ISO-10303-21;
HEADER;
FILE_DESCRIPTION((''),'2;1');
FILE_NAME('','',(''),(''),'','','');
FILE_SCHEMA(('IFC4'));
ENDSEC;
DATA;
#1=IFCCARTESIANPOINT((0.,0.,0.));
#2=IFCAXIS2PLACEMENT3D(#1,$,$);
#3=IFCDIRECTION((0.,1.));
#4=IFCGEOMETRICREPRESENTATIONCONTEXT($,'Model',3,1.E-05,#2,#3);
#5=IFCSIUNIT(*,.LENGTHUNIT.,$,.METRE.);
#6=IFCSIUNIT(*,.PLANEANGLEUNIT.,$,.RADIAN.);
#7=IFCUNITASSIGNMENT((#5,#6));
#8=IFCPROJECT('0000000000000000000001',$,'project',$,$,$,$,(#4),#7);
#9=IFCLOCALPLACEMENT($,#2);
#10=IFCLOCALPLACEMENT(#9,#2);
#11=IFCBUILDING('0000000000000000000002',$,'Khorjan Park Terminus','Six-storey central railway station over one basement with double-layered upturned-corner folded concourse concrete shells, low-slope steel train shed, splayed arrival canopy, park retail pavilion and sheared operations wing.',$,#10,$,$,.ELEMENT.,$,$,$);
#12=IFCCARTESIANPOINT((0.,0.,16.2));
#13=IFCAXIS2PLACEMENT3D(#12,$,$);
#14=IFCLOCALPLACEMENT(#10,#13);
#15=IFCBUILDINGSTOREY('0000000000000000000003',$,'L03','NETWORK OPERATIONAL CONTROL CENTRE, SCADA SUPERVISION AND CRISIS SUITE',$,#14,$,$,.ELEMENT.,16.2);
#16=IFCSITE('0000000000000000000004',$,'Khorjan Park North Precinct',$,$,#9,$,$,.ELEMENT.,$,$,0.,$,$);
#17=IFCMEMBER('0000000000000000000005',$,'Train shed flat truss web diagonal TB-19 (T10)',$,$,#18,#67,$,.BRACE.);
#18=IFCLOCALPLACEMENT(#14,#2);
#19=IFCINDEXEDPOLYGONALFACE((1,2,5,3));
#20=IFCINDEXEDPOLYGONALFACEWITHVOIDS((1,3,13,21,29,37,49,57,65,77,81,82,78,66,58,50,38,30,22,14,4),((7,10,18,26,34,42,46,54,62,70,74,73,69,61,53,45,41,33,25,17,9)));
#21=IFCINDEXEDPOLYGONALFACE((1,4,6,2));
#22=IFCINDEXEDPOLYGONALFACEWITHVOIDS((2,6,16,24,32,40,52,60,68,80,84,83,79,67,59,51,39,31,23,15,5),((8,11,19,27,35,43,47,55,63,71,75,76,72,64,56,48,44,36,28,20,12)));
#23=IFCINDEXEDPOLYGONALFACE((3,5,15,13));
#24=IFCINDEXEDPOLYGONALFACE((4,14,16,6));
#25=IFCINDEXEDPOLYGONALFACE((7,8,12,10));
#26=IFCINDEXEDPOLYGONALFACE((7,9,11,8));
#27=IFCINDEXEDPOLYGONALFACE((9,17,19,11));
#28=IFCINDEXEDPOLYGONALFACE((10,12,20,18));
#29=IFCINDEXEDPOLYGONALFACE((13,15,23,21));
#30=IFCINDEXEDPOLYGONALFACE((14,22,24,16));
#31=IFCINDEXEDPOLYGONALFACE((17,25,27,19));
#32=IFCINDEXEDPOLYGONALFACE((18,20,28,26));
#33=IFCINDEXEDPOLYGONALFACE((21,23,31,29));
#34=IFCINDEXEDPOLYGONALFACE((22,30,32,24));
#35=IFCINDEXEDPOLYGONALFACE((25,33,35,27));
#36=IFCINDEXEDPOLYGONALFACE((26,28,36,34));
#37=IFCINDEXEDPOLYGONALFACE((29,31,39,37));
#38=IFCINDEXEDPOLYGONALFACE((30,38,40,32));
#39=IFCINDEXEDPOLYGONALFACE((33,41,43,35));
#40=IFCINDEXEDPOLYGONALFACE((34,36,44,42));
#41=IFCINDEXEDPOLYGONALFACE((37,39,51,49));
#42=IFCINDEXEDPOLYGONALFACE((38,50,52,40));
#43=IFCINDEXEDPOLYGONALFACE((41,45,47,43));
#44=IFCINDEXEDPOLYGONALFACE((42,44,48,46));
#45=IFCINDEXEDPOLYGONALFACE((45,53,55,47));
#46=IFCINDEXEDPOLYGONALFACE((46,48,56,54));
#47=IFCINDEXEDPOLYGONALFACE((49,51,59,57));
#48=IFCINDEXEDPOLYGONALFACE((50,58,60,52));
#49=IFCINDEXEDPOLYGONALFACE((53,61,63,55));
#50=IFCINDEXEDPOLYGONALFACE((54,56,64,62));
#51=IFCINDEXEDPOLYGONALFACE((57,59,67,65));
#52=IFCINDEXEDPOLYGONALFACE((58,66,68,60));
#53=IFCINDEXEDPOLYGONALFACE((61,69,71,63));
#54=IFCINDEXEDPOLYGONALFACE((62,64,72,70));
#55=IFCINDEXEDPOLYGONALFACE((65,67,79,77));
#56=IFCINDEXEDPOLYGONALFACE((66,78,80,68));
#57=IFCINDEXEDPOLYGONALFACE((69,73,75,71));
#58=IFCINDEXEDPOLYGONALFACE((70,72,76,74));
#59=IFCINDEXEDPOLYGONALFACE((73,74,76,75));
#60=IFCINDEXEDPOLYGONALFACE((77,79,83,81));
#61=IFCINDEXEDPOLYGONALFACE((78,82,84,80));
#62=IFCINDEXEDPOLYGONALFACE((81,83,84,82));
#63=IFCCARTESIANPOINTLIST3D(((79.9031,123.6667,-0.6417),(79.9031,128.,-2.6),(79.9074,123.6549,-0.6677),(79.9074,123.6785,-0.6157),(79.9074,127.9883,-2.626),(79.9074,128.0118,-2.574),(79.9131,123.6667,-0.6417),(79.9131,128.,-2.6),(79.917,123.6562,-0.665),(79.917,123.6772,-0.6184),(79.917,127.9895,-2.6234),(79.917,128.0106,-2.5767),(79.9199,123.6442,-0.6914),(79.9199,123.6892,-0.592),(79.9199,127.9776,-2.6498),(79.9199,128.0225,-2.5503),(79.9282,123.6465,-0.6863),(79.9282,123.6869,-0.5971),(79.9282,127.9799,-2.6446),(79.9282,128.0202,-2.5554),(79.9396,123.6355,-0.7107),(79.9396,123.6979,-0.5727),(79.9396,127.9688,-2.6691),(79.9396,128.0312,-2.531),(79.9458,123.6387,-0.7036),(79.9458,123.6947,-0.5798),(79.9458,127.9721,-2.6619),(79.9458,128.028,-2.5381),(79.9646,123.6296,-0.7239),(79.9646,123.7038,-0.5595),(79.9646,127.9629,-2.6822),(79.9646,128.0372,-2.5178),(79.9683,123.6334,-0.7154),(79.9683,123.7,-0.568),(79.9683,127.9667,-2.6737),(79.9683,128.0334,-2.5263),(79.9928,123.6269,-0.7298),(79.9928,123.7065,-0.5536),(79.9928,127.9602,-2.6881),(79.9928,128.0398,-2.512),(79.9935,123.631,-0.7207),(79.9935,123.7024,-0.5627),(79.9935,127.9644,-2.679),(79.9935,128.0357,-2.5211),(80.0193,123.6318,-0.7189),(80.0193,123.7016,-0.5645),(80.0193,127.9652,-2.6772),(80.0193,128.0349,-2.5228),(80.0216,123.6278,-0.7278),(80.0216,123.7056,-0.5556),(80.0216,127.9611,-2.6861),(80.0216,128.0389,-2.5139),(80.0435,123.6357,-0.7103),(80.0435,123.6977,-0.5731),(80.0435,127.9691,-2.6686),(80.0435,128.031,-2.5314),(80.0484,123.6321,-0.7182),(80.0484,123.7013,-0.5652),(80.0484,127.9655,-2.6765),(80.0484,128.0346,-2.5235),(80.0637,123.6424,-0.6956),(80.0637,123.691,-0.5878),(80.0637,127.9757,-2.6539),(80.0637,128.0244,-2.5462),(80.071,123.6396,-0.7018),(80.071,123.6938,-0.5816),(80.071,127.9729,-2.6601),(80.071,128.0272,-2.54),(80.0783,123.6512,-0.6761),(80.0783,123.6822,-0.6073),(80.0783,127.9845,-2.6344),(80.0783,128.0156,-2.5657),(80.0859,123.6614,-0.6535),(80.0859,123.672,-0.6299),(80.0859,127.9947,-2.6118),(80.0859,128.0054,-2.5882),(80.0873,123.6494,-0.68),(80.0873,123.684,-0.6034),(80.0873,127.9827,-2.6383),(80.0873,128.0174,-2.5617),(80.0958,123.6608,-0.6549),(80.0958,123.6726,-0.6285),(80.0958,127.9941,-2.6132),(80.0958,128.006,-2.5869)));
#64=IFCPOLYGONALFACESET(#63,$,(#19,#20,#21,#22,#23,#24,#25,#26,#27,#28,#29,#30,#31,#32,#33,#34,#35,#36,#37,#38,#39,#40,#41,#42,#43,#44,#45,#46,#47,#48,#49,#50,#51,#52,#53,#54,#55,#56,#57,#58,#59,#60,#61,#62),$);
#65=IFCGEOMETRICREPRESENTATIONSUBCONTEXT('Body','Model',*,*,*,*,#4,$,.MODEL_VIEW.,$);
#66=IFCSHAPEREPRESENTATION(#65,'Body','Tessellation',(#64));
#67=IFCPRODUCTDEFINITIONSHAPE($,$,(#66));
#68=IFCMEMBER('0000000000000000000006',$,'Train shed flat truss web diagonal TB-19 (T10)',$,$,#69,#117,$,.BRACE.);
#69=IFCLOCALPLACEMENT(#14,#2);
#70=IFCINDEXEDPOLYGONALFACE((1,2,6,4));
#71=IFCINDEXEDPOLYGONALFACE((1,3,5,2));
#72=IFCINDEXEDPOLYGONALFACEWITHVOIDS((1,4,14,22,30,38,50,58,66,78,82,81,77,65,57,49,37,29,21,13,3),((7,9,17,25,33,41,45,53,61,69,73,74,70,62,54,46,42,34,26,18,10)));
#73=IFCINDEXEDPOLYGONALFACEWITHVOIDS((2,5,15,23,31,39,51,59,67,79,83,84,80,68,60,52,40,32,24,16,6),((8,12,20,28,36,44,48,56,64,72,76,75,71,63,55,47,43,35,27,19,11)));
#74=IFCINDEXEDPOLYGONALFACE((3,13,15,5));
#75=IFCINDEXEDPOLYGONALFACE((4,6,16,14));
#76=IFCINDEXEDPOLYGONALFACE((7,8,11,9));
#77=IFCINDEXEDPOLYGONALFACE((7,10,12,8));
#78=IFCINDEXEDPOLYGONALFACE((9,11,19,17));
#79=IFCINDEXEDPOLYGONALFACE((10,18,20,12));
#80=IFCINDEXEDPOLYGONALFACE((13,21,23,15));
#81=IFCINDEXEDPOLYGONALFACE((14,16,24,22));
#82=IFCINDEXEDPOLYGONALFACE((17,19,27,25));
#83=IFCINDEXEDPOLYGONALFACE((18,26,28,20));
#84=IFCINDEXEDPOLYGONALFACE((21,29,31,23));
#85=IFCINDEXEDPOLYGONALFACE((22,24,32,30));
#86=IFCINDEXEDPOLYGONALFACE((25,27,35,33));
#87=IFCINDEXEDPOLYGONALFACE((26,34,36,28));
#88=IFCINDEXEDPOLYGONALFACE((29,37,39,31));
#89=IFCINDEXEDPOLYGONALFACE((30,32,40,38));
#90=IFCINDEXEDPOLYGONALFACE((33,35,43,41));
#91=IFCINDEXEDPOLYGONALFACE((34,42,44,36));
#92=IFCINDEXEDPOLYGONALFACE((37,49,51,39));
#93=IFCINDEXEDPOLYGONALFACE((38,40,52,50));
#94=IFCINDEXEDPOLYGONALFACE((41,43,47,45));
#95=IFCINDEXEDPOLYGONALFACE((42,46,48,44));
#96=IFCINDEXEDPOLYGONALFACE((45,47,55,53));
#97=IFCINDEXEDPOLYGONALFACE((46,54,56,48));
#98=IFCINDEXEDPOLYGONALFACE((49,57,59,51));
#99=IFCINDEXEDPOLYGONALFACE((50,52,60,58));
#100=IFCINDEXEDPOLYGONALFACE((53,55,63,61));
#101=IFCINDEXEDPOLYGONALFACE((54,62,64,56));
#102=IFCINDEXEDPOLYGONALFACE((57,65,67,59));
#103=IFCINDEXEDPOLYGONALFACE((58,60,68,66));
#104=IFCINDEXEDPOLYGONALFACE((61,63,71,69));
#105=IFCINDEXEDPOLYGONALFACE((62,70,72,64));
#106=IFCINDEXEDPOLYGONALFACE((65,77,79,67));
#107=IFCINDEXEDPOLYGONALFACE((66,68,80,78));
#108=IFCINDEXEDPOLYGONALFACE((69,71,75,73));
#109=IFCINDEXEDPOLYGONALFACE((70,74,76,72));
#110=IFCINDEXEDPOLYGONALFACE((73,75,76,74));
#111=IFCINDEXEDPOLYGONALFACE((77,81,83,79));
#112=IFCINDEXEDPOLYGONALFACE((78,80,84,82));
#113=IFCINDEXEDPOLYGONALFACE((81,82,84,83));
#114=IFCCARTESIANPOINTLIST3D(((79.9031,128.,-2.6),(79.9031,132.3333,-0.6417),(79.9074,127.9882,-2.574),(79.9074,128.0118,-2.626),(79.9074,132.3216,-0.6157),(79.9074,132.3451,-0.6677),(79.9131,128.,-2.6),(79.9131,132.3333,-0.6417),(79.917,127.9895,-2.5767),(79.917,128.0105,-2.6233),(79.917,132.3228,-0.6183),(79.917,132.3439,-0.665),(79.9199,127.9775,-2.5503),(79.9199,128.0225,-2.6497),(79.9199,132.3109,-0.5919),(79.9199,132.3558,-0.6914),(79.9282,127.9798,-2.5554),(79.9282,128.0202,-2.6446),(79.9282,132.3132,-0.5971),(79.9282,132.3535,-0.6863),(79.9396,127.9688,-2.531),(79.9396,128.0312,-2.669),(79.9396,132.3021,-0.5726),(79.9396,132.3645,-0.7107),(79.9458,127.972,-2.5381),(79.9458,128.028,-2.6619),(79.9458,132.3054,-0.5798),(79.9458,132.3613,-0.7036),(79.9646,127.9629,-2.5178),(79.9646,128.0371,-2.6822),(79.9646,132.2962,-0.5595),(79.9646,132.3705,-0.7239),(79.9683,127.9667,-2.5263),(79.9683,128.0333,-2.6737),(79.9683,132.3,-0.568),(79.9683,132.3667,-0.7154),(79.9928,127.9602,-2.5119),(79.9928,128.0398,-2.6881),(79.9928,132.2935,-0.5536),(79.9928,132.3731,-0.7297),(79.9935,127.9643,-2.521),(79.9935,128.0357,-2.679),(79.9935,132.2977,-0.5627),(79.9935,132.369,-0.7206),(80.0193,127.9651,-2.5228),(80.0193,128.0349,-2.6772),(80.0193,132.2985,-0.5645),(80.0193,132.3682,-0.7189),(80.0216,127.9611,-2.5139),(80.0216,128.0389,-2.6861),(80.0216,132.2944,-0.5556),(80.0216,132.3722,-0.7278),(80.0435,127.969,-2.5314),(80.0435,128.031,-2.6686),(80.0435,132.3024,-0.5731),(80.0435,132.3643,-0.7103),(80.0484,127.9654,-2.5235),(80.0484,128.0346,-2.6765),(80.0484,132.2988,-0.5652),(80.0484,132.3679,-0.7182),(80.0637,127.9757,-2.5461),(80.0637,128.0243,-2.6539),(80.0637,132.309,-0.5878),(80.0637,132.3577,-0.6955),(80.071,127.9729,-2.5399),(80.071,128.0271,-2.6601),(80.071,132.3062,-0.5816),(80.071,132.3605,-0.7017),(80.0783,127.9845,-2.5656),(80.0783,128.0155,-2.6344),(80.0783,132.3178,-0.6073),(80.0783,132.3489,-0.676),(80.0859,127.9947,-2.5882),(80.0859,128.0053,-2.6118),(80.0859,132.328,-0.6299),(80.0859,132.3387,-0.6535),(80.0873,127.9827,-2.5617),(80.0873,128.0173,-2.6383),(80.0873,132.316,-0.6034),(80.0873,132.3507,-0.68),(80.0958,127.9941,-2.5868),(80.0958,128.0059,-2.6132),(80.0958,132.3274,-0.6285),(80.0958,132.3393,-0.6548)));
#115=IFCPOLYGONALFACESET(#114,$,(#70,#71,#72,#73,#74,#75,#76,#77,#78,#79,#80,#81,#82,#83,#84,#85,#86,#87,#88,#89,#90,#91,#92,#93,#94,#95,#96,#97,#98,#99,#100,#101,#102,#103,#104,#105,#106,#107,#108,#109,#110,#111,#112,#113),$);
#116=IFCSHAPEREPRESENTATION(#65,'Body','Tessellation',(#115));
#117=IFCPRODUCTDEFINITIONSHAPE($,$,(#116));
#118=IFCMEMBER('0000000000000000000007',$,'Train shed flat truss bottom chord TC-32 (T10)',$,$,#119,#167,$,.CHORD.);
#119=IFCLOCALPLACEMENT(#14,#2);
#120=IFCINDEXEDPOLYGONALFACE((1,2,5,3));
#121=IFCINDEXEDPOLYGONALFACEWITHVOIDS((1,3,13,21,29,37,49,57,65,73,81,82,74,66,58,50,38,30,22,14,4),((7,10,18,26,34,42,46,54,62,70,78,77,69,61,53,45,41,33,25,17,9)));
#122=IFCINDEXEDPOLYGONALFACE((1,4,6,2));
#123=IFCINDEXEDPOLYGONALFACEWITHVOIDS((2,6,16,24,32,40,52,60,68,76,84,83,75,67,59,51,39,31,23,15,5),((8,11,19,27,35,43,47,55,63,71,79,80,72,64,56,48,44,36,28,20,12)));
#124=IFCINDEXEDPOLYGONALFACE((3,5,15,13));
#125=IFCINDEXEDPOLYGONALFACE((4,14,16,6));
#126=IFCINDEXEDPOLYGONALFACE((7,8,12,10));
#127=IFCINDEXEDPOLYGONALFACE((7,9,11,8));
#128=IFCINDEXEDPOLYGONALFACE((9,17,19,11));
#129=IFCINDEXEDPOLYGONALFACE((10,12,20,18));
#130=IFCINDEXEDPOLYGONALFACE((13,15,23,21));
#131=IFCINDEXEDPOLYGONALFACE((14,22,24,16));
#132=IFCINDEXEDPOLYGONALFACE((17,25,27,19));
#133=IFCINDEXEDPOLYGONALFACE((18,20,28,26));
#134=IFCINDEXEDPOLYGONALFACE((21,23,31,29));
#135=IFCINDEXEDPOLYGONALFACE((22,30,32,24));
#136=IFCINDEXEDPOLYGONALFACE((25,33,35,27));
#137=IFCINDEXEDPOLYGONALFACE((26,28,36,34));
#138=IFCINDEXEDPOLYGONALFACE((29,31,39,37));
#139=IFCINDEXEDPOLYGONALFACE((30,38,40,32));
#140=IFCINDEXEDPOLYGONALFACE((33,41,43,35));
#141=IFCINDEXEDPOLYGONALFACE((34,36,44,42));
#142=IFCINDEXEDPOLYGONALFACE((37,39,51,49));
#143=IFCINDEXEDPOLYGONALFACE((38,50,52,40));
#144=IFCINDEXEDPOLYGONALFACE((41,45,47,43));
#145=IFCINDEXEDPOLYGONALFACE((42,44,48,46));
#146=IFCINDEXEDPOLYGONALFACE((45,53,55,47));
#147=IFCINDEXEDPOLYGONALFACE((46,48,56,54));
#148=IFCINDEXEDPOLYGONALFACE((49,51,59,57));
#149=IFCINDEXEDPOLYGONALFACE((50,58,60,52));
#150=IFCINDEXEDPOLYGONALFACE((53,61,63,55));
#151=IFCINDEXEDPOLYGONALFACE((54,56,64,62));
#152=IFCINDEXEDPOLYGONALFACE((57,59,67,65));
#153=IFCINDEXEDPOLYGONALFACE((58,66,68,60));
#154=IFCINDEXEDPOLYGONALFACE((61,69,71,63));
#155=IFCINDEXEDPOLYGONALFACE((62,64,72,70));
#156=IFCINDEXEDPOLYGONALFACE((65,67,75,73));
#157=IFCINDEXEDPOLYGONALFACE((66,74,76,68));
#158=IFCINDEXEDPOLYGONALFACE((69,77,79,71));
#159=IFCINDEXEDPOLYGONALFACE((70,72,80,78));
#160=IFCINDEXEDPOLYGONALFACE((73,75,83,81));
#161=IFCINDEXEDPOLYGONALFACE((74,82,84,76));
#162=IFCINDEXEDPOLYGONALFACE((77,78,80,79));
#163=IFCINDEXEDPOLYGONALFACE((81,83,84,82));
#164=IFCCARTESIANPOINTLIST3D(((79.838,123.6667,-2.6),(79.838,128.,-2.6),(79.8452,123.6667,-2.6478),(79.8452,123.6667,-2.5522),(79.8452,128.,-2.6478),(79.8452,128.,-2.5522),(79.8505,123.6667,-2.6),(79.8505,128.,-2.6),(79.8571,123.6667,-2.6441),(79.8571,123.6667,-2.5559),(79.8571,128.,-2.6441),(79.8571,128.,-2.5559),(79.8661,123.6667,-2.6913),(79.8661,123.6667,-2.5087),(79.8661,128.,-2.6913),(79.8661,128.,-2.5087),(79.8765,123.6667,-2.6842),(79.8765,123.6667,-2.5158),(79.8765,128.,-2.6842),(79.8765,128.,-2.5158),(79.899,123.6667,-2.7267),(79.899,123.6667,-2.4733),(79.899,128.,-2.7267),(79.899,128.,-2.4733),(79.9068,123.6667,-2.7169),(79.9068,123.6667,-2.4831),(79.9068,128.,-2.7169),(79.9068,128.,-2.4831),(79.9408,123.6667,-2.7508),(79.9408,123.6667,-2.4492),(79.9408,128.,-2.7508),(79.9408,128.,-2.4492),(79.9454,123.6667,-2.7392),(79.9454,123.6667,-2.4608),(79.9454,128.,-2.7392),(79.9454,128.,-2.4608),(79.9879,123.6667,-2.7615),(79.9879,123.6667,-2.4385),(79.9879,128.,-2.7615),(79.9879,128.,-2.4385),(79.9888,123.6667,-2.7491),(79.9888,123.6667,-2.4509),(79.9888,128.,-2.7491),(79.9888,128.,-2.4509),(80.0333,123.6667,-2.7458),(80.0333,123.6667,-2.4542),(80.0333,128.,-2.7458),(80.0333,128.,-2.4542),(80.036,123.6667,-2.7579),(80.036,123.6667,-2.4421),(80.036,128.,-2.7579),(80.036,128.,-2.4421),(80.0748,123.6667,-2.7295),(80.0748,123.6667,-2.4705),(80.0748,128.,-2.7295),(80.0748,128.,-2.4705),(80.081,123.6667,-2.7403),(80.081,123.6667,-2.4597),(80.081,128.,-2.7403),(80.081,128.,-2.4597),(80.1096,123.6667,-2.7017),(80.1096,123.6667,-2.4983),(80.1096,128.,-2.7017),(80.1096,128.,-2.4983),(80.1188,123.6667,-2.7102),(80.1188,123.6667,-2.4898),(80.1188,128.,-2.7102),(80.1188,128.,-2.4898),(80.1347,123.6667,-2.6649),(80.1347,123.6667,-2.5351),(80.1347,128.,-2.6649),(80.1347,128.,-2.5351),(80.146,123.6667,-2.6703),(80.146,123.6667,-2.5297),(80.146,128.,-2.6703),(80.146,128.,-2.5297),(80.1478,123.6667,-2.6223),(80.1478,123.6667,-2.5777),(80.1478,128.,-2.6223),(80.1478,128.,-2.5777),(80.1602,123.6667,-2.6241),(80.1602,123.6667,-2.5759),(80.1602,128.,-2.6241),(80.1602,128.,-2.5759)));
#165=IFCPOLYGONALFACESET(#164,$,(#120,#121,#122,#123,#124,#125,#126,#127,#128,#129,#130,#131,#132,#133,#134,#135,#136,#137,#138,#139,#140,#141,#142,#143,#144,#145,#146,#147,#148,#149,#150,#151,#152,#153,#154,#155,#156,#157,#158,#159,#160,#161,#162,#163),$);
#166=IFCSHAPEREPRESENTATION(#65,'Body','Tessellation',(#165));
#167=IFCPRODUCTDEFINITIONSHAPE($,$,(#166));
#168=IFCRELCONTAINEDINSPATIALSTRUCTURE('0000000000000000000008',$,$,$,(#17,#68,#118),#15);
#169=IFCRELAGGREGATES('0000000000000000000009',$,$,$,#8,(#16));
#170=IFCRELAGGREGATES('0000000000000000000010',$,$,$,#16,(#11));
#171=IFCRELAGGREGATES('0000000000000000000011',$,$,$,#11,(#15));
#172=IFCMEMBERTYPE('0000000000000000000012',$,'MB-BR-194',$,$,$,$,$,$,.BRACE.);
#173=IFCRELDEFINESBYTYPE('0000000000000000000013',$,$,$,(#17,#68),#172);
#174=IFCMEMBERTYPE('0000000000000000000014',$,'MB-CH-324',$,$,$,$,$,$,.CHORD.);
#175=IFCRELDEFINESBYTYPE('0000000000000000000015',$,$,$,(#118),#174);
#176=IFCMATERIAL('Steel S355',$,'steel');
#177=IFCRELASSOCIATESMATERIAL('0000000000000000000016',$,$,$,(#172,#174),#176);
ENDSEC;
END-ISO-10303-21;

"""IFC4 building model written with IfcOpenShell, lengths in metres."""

from ifc_helpers import new_model, si_unit, direction, frame, origin, origin_2d, place, context, subcontext, project, spatial, hollow_circle, extrude, material, material_profile, profile_set, type_object, element, save


model = new_model("IFC4")

# Units and contexts
model_context = context("Model", 3, precision=1e-05, world=origin(), true_north=direction((0.0, 1.0)))
body_context = subcontext(model_context, "Body", "Model", "MODEL_VIEW")
ifc_project = project(units=[si_unit("LENGTHUNIT", "METRE"), si_unit("PLANEANGLEUNIT", "RADIAN")], contexts=[model_context])

# Site, building, storey
site_placement = place(None, origin())
site = spatial("IfcSite", under=ifc_project, at=site_placement, Name="Khorjan Park North Precinct", CompositionType="ELEMENT", RefElevation=0.0)
building_placement = place(site_placement, origin())
building = spatial("IfcBuilding", under=site, at=building_placement, Name="Khorjan Park Terminus", Description="Six-storey central railway station over one basement with double-layered upturned-corner folded concourse concrete shells, low-slope steel train shed, splayed arrival canopy, park retail pavilion and sheared operations wing.", CompositionType="ELEMENT")
storey_placement = place(building_placement, frame((0.0, 0.0, 16.2)))
storey = spatial("IfcBuildingStorey", under=building, at=storey_placement, Name="L03", Description="NETWORK OPERATIONAL CONTROL CENTRE, SCADA SUPERVISION AND CRISIS SUITE", CompositionType="ELEMENT", Elevation=16.2)

# Members
ifc_material = material(Name="Steel S355", Category="steel")
ifc_material_profile_1 = material_profile(ifc_material, hollow_circle(Radius=0.0969, WallThickness=0.01, at=origin_2d()), Name="CHS 193.7x10")
ifc_profile_set_1 = profile_set([ifc_material_profile_1], Name="Steel S355")
member_type_1 = type_object("IfcMemberType", Name="MB-BR-194", PredefinedType="BRACE", material=ifc_profile_set_1)
for number, where, z_axis, x_axis, name in (
    (1, (80.0, 123.6667, -0.6417), (0.0, 0.911266, -0.411818), (-1.0, 0.0, 0.0), "Train shed flat truss web diagonal TB-19 (T10)"),
    (2, (80.0, 128.0, -2.6), (0.0, 0.911266, 0.411818), (-1.0, 0.0, 0.0), "Train shed flat truss web diagonal TB-19 (T10)"),
):
    element("IfcMember", number, at=place(storey_placement, frame(where, z_axis=z_axis, x_axis=x_axis)), inside=storey, type_object=member_type_1, Name=name, PredefinedType="BRACE", context=body_context, shape_type="SweptSolid", body=[
        extrude(hollow_circle(Radius=0.0969, WallThickness=0.01, at=origin_2d()), origin(), (0.0, 0.0, 1.0), 4.7553),
    ])
ifc_material_profile_2 = material_profile(ifc_material, hollow_circle(Radius=0.162, WallThickness=0.0125, at=origin_2d()), Name="CHS 323.9x12.5")
ifc_profile_set_2 = profile_set([ifc_material_profile_2], Name="Steel S355")
member_type_2 = type_object("IfcMemberType", Name="MB-CH-324", PredefinedType="CHORD", material=ifc_profile_set_2)
for number, where, z_axis, x_axis, name in (
    (3, (80.0, 123.6667, -2.6), (0.0, 1.0, 0.0), (-1.0, 0.0, 0.0), "Train shed flat truss bottom chord TC-32 (T10)"),
):
    element("IfcMember", number, at=place(storey_placement, frame(where, z_axis=z_axis, x_axis=x_axis)), inside=storey, type_object=member_type_2, Name=name, PredefinedType="CHORD", context=body_context, shape_type="SweptSolid", body=[
        extrude(hollow_circle(Radius=0.162, WallThickness=0.0125, at=origin_2d()), origin(), (0.0, 0.0, 1.0), 4.3333),
    ])

save(model, "model.ifc")
